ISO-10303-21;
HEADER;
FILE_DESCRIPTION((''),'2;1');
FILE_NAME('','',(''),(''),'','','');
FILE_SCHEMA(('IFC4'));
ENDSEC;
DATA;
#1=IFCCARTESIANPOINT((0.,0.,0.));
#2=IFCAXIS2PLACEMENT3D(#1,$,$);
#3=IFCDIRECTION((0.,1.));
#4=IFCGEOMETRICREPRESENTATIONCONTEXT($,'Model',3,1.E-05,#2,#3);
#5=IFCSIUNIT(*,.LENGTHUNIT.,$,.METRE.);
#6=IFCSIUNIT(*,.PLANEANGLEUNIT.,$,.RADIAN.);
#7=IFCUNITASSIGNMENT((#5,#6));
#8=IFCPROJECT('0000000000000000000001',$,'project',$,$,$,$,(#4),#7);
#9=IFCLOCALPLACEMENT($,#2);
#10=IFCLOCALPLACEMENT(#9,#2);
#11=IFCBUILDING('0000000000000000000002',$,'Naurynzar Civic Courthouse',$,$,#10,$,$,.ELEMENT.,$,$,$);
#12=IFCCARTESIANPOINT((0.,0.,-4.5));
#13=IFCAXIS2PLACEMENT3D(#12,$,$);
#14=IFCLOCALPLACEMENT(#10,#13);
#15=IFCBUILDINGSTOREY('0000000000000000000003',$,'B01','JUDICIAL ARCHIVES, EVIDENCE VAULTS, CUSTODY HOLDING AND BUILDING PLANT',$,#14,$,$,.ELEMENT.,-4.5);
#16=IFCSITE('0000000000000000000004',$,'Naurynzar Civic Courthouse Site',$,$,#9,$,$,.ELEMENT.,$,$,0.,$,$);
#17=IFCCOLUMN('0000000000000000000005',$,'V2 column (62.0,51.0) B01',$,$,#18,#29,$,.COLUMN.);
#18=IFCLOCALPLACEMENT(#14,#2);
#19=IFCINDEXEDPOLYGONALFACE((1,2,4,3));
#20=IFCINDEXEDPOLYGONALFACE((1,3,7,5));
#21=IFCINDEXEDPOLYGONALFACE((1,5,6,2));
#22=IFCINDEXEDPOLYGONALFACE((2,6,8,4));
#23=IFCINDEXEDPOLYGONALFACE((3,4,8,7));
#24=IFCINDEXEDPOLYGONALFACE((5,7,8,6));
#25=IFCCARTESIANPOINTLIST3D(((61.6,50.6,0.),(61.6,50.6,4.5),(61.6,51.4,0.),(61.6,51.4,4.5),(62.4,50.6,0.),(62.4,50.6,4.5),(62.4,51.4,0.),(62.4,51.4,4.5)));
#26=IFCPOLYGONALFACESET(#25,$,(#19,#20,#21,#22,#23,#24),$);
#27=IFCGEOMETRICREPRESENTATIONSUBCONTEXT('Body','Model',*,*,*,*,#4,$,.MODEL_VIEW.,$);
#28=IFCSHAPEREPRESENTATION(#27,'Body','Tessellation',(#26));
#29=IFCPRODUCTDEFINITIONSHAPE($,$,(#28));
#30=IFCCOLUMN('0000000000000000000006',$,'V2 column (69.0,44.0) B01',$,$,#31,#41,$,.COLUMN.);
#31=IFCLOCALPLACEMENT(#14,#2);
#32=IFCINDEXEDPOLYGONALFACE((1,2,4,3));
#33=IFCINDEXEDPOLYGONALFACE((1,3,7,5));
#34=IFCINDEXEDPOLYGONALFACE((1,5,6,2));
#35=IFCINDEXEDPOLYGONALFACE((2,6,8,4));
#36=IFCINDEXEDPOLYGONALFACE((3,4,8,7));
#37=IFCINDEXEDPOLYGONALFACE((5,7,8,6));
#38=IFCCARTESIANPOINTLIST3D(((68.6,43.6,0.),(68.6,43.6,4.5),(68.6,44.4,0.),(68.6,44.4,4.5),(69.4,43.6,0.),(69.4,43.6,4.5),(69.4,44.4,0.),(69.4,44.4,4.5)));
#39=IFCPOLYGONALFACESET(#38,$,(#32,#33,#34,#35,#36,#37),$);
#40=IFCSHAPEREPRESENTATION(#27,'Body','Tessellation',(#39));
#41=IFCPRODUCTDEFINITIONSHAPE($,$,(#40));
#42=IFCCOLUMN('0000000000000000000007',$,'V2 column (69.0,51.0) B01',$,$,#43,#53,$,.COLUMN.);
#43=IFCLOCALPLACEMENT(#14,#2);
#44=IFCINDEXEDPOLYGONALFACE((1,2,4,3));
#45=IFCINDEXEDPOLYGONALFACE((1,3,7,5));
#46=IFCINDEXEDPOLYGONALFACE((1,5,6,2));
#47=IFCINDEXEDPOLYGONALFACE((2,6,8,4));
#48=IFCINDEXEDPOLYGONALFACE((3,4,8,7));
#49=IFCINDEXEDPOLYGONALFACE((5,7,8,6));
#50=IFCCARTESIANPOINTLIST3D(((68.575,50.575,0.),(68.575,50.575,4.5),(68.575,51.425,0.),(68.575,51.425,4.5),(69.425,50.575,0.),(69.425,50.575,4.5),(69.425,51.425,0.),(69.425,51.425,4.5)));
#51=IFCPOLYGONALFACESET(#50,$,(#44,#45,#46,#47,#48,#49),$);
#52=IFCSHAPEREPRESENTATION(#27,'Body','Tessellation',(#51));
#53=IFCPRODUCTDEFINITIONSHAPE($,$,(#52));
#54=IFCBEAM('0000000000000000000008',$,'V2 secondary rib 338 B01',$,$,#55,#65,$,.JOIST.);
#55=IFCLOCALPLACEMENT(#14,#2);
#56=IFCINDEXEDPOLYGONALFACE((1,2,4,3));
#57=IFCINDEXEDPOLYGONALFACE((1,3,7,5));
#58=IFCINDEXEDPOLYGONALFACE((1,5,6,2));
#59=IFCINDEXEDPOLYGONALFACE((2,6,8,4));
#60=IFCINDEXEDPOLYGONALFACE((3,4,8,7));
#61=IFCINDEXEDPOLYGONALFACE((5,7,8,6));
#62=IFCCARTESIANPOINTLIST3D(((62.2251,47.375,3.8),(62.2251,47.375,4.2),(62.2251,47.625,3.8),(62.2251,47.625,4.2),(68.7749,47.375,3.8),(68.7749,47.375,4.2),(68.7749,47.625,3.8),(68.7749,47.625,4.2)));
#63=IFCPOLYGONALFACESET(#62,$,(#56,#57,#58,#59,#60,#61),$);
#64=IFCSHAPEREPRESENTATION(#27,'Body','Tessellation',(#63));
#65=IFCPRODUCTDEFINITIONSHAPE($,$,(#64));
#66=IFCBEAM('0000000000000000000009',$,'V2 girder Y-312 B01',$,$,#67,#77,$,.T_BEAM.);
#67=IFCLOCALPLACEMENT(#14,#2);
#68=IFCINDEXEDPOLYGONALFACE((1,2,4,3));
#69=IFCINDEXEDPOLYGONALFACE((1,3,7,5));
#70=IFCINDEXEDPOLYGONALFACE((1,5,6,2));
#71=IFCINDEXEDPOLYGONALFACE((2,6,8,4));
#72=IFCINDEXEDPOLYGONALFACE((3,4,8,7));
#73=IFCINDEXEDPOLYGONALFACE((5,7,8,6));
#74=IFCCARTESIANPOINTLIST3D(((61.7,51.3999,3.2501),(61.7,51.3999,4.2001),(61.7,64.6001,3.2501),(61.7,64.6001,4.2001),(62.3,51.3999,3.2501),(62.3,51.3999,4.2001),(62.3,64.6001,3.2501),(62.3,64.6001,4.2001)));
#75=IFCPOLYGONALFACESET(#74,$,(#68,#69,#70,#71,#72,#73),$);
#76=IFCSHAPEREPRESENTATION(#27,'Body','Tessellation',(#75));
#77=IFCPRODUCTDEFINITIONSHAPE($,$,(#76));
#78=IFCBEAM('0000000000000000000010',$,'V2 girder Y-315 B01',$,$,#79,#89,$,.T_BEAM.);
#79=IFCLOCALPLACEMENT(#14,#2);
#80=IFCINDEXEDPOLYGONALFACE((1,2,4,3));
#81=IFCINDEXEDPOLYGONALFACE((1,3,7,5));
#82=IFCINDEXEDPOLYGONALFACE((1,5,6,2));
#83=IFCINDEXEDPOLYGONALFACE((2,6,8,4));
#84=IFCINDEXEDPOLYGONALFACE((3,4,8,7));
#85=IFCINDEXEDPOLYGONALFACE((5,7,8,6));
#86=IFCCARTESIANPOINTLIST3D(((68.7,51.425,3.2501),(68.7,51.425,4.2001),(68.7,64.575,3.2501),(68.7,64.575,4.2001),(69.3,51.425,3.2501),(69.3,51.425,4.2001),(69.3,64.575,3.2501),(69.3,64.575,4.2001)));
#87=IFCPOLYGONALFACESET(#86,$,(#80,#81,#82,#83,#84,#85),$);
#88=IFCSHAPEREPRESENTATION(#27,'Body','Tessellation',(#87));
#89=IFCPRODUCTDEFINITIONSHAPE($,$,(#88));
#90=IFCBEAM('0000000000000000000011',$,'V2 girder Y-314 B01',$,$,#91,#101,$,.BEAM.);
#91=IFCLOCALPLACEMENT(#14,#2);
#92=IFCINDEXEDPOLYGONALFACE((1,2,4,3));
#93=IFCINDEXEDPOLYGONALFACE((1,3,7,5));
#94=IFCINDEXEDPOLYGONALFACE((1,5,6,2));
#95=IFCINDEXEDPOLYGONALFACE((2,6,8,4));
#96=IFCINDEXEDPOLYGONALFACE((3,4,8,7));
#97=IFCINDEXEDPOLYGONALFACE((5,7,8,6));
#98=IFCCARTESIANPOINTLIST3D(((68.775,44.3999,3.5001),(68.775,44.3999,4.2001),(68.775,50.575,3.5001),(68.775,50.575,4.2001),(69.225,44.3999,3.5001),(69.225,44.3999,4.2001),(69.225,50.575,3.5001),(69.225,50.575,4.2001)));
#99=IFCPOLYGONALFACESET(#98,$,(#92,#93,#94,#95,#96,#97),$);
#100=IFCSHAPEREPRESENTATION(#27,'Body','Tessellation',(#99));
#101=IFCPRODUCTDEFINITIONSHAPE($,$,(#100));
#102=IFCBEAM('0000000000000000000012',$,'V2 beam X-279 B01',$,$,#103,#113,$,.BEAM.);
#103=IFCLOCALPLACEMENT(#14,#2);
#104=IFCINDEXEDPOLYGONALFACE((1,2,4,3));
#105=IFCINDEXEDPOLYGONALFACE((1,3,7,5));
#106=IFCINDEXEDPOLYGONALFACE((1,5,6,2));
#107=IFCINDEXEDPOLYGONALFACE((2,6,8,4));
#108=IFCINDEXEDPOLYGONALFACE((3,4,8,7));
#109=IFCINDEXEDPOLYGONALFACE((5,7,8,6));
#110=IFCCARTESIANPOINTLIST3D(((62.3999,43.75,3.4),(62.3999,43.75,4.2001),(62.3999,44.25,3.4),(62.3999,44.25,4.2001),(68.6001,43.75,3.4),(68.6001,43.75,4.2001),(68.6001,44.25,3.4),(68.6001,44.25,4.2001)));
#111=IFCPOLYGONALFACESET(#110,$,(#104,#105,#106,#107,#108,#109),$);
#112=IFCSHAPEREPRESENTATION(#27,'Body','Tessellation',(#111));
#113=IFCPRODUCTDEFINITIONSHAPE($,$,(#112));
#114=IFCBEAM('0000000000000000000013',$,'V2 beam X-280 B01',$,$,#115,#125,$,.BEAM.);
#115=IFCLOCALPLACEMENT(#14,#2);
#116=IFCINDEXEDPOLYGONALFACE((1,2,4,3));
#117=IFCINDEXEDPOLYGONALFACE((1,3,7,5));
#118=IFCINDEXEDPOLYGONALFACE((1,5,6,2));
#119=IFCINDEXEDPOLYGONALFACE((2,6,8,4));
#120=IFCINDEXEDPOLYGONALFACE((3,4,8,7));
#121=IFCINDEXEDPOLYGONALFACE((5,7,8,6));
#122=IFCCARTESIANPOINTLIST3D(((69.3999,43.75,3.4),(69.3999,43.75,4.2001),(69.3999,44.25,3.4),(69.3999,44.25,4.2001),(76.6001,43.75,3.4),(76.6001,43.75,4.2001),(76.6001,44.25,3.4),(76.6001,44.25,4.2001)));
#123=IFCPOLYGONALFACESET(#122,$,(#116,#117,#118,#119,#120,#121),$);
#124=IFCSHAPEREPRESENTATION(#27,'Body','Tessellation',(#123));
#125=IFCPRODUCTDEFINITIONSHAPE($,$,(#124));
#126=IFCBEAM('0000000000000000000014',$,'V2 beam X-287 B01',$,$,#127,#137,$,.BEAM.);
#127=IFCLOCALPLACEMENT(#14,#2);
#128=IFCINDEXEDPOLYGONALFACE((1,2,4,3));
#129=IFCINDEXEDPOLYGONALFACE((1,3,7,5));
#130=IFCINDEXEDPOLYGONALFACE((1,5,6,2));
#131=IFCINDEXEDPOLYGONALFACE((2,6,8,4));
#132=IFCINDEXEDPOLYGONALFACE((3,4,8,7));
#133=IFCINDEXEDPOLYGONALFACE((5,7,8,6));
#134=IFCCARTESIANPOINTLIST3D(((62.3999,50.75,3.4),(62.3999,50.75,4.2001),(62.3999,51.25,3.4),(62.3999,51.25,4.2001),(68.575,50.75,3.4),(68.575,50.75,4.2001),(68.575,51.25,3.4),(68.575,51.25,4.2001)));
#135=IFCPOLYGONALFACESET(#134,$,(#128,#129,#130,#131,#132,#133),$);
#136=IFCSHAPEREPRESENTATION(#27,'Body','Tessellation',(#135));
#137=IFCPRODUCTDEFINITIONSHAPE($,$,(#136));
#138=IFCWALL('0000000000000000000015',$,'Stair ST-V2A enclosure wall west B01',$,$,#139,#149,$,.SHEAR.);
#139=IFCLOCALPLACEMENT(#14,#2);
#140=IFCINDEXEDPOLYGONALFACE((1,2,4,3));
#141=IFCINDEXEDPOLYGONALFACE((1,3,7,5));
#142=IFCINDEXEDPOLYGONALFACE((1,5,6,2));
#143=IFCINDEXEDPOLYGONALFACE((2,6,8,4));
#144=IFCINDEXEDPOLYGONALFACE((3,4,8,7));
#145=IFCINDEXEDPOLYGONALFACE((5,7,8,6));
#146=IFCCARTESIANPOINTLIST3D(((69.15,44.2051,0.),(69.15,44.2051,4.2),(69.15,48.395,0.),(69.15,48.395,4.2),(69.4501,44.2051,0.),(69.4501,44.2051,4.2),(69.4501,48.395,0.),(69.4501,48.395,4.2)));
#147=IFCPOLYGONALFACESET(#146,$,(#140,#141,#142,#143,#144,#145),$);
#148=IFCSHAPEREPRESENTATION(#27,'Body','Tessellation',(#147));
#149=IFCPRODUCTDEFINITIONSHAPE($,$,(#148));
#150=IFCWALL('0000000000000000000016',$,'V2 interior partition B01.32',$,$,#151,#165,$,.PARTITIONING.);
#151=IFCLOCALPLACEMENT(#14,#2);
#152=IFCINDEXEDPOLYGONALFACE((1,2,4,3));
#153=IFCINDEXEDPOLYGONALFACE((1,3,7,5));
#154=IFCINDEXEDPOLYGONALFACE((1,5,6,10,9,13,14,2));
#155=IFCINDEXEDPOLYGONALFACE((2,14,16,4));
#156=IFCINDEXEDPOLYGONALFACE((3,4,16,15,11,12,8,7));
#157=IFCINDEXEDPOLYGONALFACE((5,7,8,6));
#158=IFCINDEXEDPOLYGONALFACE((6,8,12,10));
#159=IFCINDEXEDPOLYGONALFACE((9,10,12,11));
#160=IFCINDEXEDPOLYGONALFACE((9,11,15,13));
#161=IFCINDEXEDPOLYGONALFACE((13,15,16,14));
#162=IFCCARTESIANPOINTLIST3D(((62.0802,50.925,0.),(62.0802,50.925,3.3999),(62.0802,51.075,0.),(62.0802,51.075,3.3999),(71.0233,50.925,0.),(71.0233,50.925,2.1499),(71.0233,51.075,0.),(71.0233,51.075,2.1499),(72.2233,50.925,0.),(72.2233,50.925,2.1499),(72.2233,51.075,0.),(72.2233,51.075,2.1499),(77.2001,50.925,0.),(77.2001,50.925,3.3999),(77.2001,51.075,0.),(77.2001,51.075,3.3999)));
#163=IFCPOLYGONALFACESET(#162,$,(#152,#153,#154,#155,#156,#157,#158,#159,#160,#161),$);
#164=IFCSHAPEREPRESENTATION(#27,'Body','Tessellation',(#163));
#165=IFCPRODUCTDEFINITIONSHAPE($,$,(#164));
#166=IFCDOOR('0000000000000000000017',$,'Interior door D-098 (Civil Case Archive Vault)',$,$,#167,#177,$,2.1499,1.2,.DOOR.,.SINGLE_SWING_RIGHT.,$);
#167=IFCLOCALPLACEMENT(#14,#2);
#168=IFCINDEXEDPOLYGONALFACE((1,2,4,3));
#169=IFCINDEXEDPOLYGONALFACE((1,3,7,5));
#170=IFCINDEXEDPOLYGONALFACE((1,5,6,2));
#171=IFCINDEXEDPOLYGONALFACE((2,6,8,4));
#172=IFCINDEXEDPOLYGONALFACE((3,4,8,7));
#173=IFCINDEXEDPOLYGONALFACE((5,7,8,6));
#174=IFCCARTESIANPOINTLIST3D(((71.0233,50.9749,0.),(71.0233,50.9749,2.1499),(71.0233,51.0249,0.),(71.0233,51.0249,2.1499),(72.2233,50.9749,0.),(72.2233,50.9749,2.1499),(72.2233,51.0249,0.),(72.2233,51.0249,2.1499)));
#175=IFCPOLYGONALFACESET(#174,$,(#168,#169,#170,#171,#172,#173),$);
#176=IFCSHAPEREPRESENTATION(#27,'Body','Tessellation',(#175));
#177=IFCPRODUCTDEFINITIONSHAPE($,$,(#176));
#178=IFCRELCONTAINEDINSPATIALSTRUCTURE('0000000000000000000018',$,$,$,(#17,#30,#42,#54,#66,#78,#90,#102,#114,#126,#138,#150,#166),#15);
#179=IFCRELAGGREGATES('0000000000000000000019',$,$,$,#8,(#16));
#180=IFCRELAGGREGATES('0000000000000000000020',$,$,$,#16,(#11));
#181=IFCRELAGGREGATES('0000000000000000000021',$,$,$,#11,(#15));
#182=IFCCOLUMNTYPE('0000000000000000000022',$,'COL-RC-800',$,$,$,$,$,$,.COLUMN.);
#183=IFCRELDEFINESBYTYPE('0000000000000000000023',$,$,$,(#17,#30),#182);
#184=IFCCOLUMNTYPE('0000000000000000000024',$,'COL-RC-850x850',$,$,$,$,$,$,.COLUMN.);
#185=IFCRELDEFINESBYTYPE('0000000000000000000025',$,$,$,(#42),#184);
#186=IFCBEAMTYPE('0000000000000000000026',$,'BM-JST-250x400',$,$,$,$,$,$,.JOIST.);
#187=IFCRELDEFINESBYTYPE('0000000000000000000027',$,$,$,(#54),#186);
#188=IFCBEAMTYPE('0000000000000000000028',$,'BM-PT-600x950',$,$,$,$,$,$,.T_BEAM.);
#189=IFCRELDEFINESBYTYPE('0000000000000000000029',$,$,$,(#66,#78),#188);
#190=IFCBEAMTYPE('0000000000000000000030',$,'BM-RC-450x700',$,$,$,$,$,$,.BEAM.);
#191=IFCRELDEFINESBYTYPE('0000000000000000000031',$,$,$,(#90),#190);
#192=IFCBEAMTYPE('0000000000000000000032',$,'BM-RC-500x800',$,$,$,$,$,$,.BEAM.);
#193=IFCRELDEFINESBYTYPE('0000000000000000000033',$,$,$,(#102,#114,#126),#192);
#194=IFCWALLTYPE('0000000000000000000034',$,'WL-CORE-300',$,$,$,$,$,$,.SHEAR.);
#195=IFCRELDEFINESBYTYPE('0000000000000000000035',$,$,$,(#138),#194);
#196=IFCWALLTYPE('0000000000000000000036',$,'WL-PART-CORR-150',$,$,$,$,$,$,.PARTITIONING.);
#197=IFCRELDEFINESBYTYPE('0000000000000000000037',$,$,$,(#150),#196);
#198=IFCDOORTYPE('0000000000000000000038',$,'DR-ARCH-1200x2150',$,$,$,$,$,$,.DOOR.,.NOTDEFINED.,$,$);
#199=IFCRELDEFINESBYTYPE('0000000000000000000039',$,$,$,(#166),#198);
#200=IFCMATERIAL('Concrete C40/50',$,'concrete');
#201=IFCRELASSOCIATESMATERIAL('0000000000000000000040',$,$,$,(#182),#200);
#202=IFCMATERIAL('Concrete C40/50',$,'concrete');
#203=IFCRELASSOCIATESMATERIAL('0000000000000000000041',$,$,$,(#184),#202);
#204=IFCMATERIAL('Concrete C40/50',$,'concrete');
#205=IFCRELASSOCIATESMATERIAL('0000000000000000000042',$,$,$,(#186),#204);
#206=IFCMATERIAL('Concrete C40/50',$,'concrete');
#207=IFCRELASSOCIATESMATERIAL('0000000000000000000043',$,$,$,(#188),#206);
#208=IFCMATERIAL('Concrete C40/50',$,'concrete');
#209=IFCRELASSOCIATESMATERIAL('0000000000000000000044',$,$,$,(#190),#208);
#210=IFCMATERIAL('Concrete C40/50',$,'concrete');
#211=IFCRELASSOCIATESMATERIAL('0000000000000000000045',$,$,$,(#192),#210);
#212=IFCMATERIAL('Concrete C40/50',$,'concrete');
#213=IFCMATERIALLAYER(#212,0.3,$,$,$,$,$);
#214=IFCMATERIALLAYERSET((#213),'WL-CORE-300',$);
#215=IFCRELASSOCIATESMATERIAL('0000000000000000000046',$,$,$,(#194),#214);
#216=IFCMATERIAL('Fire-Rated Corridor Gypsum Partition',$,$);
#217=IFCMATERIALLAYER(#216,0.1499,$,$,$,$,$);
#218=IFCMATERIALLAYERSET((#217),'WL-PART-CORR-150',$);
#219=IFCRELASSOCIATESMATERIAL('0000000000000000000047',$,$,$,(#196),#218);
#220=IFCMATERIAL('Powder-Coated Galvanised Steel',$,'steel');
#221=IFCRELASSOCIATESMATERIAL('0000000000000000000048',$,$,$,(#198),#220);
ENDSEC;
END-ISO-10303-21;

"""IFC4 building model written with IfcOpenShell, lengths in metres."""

from ifc_helpers import new_model, si_unit, direction, frame, frame_2d, origin, origin_2d, place, context, subcontext, project, spatial, rectangle, extrude, material, layer, layer_set, material_profile, profile_set, type_object, element, fill, save


model = new_model("IFC4")

# Units and contexts
model_context = context("Model", 3, precision=1e-05, world=origin(), true_north=direction((0.0, 1.0)))
body_context = subcontext(model_context, "Body", "Model", "MODEL_VIEW")
ifc_project = project(units=[si_unit("LENGTHUNIT", "METRE"), si_unit("PLANEANGLEUNIT", "RADIAN")], contexts=[model_context])

# Site, building, storey
site_placement = place(None, origin())
site = spatial("IfcSite", under=ifc_project, at=site_placement, Name="Naurynzar Civic Courthouse Site", CompositionType="ELEMENT", RefElevation=0.0)
building_placement = place(site_placement, origin())
building = spatial("IfcBuilding", under=site, at=building_placement, Name="Naurynzar Civic Courthouse", CompositionType="ELEMENT")
storey_placement = place(building_placement, frame((0.0, 0.0, -4.5)))
storey = spatial("IfcBuildingStorey", under=building, at=storey_placement, Name="B01", Description="JUDICIAL ARCHIVES, EVIDENCE VAULTS, CUSTODY HOLDING AND BUILDING PLANT", CompositionType="ELEMENT", Elevation=-4.5)

# Columns
ifc_material_1 = material(Name="Concrete C40/50", Category="concrete")
ifc_material_profile_1 = material_profile(ifc_material_1, rectangle(XDim=0.8, YDim=0.8, at=origin_2d()), Name="RC 800x800")
ifc_profile_set_1 = profile_set([ifc_material_profile_1], Name="Concrete C40/50")
column_type_1 = type_object("IfcColumnType", Name="COL-RC-800", PredefinedType="COLUMN", material=ifc_profile_set_1)
for number, where, z_axis, x_axis, name in (
    (1, (62.0, 51.0, 0.0), (0.0, 0.0, 1.0), (1.0, 0.0, 0.0), "V2 column (62.0,51.0) B01"),
    (2, (69.0, 44.0, 0.0), (0.0, 0.0, 1.0), (1.0, 0.0, 0.0), "V2 column (69.0,44.0) B01"),
):
    element("IfcColumn", number, at=place(storey_placement, frame(where, z_axis=z_axis, x_axis=x_axis)), inside=storey, type_object=column_type_1, Name=name, PredefinedType="COLUMN", context=body_context, shape_type="SweptSolid", body=[
        extrude(rectangle(XDim=0.8, YDim=0.8, at=origin_2d()), origin(), (0.0, 0.0, 1.0), 4.5),
    ])
ifc_material_2 = material(Name="Concrete C40/50", Category="concrete")
ifc_material_profile_2 = material_profile(ifc_material_2, rectangle(XDim=0.8501, YDim=0.8501, at=origin_2d()), Name="RC 850x850")
ifc_profile_set_2 = profile_set([ifc_material_profile_2], Name="Concrete C40/50")
column_type_2 = type_object("IfcColumnType", Name="COL-RC-850x850", PredefinedType="COLUMN", material=ifc_profile_set_2)
column_placement = place(storey_placement, frame((69.0, 51.0, 0.0), z_axis=(0.0, 0.0, 1.0), x_axis=(1.0, 0.0, 0.0)))
element("IfcColumn", 3, at=column_placement, inside=storey, type_object=column_type_2, Name="V2 column (69.0,51.0) B01", PredefinedType="COLUMN", context=body_context, shape_type="SweptSolid", body=[
    extrude(rectangle(XDim=0.8501, YDim=0.8501, at=origin_2d()), origin(), (0.0, 0.0, 1.0), 4.5),
])

# Beams
ifc_material_3 = material(Name="Concrete C40/50", Category="concrete")
ifc_material_profile_3 = material_profile(ifc_material_3, rectangle(XDim=0.25, YDim=0.3999, at=origin_2d()), Name="RCB 250x400")
ifc_profile_set_3 = profile_set([ifc_material_profile_3], Name="Concrete C40/50")
beam_type_1 = type_object("IfcBeamType", Name="BM-JST-250x400", PredefinedType="JOIST", material=ifc_profile_set_3)
beam_1_placement = place(storey_placement, frame((62.2251, 47.5, 4.0), z_axis=(1.0, 0.0, 0.0), x_axis=(0.0, 1.0, 0.0)))
element("IfcBeam", 4, at=beam_1_placement, inside=storey, type_object=beam_type_1, Name="V2 secondary rib 338 B01", PredefinedType="JOIST", context=body_context, shape_type="SweptSolid", body=[
    extrude(rectangle(XDim=0.25, YDim=0.3999, at=origin_2d()), origin(), (0.0, 0.0, 1.0), 6.5498),
])
ifc_material_4 = material(Name="Concrete C40/50", Category="concrete")
ifc_material_profile_4 = material_profile(ifc_material_4, rectangle(XDim=0.6001, YDim=0.95, at=origin_2d()), Name="PTB 600x950")
ifc_profile_set_4 = profile_set([ifc_material_profile_4], Name="Concrete C40/50")
beam_type_2 = type_object("IfcBeamType", Name="BM-PT-600x950", PredefinedType="T_BEAM", material=ifc_profile_set_4)
beam_2_placement = place(storey_placement, frame((62.0, 51.3999, 3.7251), z_axis=(0.0, 1.0, 0.0), x_axis=(-1.0, 0.0, 0.0)))
element("IfcBeam", 5, at=beam_2_placement, inside=storey, type_object=beam_type_2, Name="V2 girder Y-312 B01", PredefinedType="T_BEAM", context=body_context, shape_type="SweptSolid", body=[
    extrude(rectangle(XDim=0.6001, YDim=0.95, at=origin_2d()), origin(), (0.0, 0.0, 1.0), 13.2002),
])
beam_3_placement = place(storey_placement, frame((69.0, 51.425, 3.7251), z_axis=(0.0, 1.0, 0.0), x_axis=(-1.0, 0.0, 0.0)))
element("IfcBeam", 6, at=beam_3_placement, inside=storey, type_object=beam_type_2, Name="V2 girder Y-315 B01", PredefinedType="T_BEAM", context=body_context, shape_type="SweptSolid", body=[
    extrude(rectangle(XDim=0.6001, YDim=0.95, at=origin_2d()), origin(), (0.0, 0.0, 1.0), 13.1499),
])
ifc_material_5 = material(Name="Concrete C40/50", Category="concrete")
ifc_material_profile_5 = material_profile(ifc_material_5, rectangle(XDim=0.45, YDim=0.7, at=origin_2d()), Name="RCB 450x700")
ifc_profile_set_5 = profile_set([ifc_material_profile_5], Name="Concrete C40/50")
beam_type_3 = type_object("IfcBeamType", Name="BM-RC-450x700", PredefinedType="BEAM", material=ifc_profile_set_5)
beam_4_placement = place(storey_placement, frame((69.0, 44.3999, 3.8501), z_axis=(0.0, 1.0, 0.0), x_axis=(-1.0, 0.0, 0.0)))
element("IfcBeam", 7, at=beam_4_placement, inside=storey, type_object=beam_type_3, Name="V2 girder Y-314 B01", PredefinedType="BEAM", context=body_context, shape_type="SweptSolid", body=[
    extrude(rectangle(XDim=0.45, YDim=0.7, at=origin_2d()), origin(), (0.0, 0.0, 1.0), 6.175),
])
ifc_material_6 = material(Name="Concrete C40/50", Category="concrete")
ifc_material_profile_6 = material_profile(ifc_material_6, rectangle(XDim=0.5, YDim=0.8, at=origin_2d()), Name="RCB 500x800")
ifc_profile_set_6 = profile_set([ifc_material_profile_6], Name="Concrete C40/50")
beam_type_4 = type_object("IfcBeamType", Name="BM-RC-500x800", PredefinedType="BEAM", material=ifc_profile_set_6)
beam_5_placement = place(storey_placement, frame((62.3999, 44.0, 3.8), z_axis=(1.0, 0.0, 0.0), x_axis=(0.0, 1.0, 0.0)))
element("IfcBeam", 8, at=beam_5_placement, inside=storey, type_object=beam_type_4, Name="V2 beam X-279 B01", PredefinedType="BEAM", context=body_context, shape_type="SweptSolid", body=[
    extrude(rectangle(XDim=0.5, YDim=0.8, at=origin_2d()), origin(), (0.0, 0.0, 1.0), 6.2002),
])
beam_6_placement = place(storey_placement, frame((69.3999, 44.0, 3.8), z_axis=(1.0, 0.0, 0.0), x_axis=(0.0, 1.0, 0.0)))
element("IfcBeam", 9, at=beam_6_placement, inside=storey, type_object=beam_type_4, Name="V2 beam X-280 B01", PredefinedType="BEAM", context=body_context, shape_type="SweptSolid", body=[
    extrude(rectangle(XDim=0.5, YDim=0.8, at=origin_2d()), origin(), (0.0, 0.0, 1.0), 7.2002),
])
beam_7_placement = place(storey_placement, frame((62.3999, 51.0, 3.8), z_axis=(1.0, 0.0, 0.0), x_axis=(0.0, 1.0, 0.0)))
element("IfcBeam", 10, at=beam_7_placement, inside=storey, type_object=beam_type_4, Name="V2 beam X-287 B01", PredefinedType="BEAM", context=body_context, shape_type="SweptSolid", body=[
    extrude(rectangle(XDim=0.5, YDim=0.8, at=origin_2d()), origin(), (0.0, 0.0, 1.0), 6.175),
])

# Wall
ifc_material_7 = material(Name="Concrete C40/50", Category="concrete")
ifc_layer_1 = layer(ifc_material_7, 0.3)
ifc_layer_set_1 = layer_set([ifc_layer_1], Name="WL-CORE-300")
wall_type_1 = type_object("IfcWallType", Name="WL-CORE-300", PredefinedType="SHEAR", material=ifc_layer_set_1)
wall_1_placement = place(storey_placement, frame((69.3, 48.395, 0.0), z_axis=(0.0, 0.0, 1.0), x_axis=(0.0, -1.0, 0.0)))
element("IfcWall", 11, at=wall_1_placement, inside=storey, type_object=wall_type_1, Name="Stair ST-V2A enclosure wall west B01", PredefinedType="SHEAR", context=body_context, shape_type="SweptSolid", body=[
    extrude(rectangle(XDim=4.1899, YDim=0.3, at=frame_2d((2.095, 0.0))), origin(), (0.0, 0.0, 1.0), 4.2),
])

# Wall, opening, door
ifc_material_8 = material(Name="Fire-Rated Corridor Gypsum Partition")
ifc_layer_2 = layer(ifc_material_8, 0.1499)
ifc_layer_set_2 = layer_set([ifc_layer_2], Name="WL-PART-CORR-150")
wall_type_2 = type_object("IfcWallType", Name="WL-PART-CORR-150", PredefinedType="PARTITIONING", material=ifc_layer_set_2)
wall_2_placement = place(storey_placement, frame((62.0801, 51.0, 0.0), z_axis=(0.0, 0.0, 1.0), x_axis=(1.0, 0.0, 0.0)))
wall_2 = element("IfcWall", 12, at=wall_2_placement, inside=storey, type_object=wall_type_2, Name="V2 interior partition B01.32", PredefinedType="PARTITIONING", context=body_context, shape_type="SweptSolid", body=[
    extrude(rectangle(XDim=15.1199, YDim=0.1499, at=frame_2d((7.5601, 0.0))), origin(), (0.0, 0.0, 1.0), 3.3999),
])
opening_1_placement = place(wall_2_placement, frame((8.9431, 0.0, 0.0)))
opening_1 = element("IfcOpeningElement", 13, at=opening_1_placement, cuts=wall_2, PredefinedType="OPENING", context=body_context, shape_type="SweptSolid", body=[
    extrude(rectangle(XDim=1.2, YDim=2.1499, at=frame_2d((0.6001, 1.075))), frame((0.0, 0.085, 0.0), z_axis=(0.0, -1.0, 0.0), x_axis=(1.0, 0.0, 0.0)), (0.0, 0.0, 1.0), 0.1699),
])
ifc_material_9 = material(Name="Powder-Coated Galvanised Steel", Category="steel")
door_type_1 = type_object("IfcDoorType", Name="DR-ARCH-1200x2150", OperationType="NOTDEFINED", PredefinedType="DOOR", material=ifc_material_9)
door_1_placement = place(opening_1_placement, origin())
door_1 = element("IfcDoor", 14, at=door_1_placement, inside=storey, type_object=door_type_1, Name="Interior door D-098 (Civil Case Archive Vault)", OperationType="SINGLE_SWING_RIGHT", OverallHeight=2.1499, OverallWidth=1.2, PredefinedType="DOOR", context=body_context, shape_type="SweptSolid", body=[
    extrude(rectangle(XDim=1.2, YDim=2.1499, at=frame_2d((0.6001, 1.075))), frame((0.0, 0.0249, 0.0), z_axis=(0.0, -1.0, 0.0), x_axis=(1.0, 0.0, 0.0)), (0.0, 0.0, 1.0), 0.05),
])
fill(opening_1, door_1)

save(model, "model.ifc")
